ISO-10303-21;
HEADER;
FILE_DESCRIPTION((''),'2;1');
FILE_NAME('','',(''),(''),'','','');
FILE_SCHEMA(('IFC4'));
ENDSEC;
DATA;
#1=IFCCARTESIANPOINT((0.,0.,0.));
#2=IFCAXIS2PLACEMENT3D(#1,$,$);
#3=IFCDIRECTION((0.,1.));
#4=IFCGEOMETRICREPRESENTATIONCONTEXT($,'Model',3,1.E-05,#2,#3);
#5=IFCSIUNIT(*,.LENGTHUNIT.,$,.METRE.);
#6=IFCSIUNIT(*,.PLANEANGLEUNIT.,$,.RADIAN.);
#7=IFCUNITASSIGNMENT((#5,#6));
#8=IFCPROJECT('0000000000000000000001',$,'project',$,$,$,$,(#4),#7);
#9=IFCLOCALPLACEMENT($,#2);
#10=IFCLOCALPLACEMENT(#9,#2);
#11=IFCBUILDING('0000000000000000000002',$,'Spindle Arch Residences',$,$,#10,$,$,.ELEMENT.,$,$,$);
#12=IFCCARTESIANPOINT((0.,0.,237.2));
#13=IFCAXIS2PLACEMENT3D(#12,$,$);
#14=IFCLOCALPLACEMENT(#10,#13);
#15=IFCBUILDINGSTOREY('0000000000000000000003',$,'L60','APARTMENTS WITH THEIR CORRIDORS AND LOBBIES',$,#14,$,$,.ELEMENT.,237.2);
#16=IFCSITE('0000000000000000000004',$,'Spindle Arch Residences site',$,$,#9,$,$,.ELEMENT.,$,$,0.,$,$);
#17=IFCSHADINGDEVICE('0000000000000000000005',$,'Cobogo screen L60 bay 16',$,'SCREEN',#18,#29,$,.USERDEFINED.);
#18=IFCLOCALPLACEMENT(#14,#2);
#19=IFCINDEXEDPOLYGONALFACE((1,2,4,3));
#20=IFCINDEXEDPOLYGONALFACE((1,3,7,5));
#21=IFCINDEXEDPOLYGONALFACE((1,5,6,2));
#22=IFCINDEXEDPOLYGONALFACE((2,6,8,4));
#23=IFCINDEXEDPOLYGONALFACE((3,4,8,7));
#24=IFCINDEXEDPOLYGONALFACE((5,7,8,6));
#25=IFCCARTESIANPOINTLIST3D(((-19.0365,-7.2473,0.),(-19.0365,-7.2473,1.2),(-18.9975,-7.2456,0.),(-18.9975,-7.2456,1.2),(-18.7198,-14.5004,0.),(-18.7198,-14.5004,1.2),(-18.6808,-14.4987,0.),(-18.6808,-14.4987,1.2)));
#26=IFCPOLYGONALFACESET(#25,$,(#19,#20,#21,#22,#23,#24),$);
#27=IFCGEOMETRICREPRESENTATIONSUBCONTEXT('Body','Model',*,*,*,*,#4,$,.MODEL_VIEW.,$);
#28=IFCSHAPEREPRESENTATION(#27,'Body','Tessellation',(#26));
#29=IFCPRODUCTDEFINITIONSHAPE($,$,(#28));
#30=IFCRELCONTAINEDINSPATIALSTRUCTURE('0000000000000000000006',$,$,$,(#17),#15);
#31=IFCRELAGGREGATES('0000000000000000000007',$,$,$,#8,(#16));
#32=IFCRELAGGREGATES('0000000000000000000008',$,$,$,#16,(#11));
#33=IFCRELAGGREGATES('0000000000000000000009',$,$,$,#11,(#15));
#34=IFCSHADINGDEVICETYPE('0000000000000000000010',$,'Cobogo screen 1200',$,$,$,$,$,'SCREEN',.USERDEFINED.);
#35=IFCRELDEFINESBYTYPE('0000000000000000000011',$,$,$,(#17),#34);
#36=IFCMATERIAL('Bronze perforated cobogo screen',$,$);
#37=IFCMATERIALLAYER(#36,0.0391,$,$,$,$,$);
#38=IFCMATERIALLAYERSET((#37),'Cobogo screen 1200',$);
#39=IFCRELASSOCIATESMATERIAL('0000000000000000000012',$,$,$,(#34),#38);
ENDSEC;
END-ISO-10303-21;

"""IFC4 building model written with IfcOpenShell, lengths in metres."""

from ifc_helpers import new_model, si_unit, direction, frame, origin, origin_2d, place, context, subcontext, project, spatial, rectangle, extrude, material, layer, layer_set, type_object, element, save


model = new_model("IFC4")

# Units and contexts
model_context = context("Model", 3, precision=1e-05, world=origin(), true_north=direction((0.0, 1.0)))
body_context = subcontext(model_context, "Body", "Model", "MODEL_VIEW")
ifc_project = project(units=[si_unit("LENGTHUNIT", "METRE"), si_unit("PLANEANGLEUNIT", "RADIAN")], contexts=[model_context])

# Site, building, storey
site_placement = place(None, origin())
site = spatial("IfcSite", under=ifc_project, at=site_placement, Name="Spindle Arch Residences site", CompositionType="ELEMENT", RefElevation=0.0)
building_placement = place(site_placement, origin())
building = spatial("IfcBuilding", under=site, at=building_placement, Name="Spindle Arch Residences", CompositionType="ELEMENT")
storey_placement = place(building_placement, frame((0.0, 0.0, 237.2)))
storey = spatial("IfcBuildingStorey", under=building, at=storey_placement, Name="L60", Description="APARTMENTS WITH THEIR CORRIDORS AND LOBBIES", CompositionType="ELEMENT", Elevation=237.2)

# Shading device
ifc_material_1 = material(Name="Bronze perforated cobogo screen")
ifc_layer_1 = layer(ifc_material_1, 0.0391)
ifc_layer_set_1 = layer_set([ifc_layer_1], Name="Cobogo screen 1200")
shading_device_type = type_object("IfcShadingDeviceType", Name="Cobogo screen 1200", ElementType="SCREEN", PredefinedType="USERDEFINED", material=ifc_layer_set_1)
shading_device_placement = place(storey_placement, frame((-18.8586, -10.873, 0.0), z_axis=(0.0, 0.0, 1.0), x_axis=(0.043619, -0.999048, 0.0)))
element("IfcShadingDevice", 1, at=shading_device_placement, inside=storey, type_object=shading_device_type, Name="Cobogo screen L60 bay 16", ObjectType="SCREEN", PredefinedType="USERDEFINED", context=body_context, shape_type="SweptSolid", body=[
    extrude(rectangle(XDim=7.26, YDim=0.0391, at=origin_2d()), origin(), (0.0, 0.0, 1.0), 1.2),
])

save(model, "model.ifc")
